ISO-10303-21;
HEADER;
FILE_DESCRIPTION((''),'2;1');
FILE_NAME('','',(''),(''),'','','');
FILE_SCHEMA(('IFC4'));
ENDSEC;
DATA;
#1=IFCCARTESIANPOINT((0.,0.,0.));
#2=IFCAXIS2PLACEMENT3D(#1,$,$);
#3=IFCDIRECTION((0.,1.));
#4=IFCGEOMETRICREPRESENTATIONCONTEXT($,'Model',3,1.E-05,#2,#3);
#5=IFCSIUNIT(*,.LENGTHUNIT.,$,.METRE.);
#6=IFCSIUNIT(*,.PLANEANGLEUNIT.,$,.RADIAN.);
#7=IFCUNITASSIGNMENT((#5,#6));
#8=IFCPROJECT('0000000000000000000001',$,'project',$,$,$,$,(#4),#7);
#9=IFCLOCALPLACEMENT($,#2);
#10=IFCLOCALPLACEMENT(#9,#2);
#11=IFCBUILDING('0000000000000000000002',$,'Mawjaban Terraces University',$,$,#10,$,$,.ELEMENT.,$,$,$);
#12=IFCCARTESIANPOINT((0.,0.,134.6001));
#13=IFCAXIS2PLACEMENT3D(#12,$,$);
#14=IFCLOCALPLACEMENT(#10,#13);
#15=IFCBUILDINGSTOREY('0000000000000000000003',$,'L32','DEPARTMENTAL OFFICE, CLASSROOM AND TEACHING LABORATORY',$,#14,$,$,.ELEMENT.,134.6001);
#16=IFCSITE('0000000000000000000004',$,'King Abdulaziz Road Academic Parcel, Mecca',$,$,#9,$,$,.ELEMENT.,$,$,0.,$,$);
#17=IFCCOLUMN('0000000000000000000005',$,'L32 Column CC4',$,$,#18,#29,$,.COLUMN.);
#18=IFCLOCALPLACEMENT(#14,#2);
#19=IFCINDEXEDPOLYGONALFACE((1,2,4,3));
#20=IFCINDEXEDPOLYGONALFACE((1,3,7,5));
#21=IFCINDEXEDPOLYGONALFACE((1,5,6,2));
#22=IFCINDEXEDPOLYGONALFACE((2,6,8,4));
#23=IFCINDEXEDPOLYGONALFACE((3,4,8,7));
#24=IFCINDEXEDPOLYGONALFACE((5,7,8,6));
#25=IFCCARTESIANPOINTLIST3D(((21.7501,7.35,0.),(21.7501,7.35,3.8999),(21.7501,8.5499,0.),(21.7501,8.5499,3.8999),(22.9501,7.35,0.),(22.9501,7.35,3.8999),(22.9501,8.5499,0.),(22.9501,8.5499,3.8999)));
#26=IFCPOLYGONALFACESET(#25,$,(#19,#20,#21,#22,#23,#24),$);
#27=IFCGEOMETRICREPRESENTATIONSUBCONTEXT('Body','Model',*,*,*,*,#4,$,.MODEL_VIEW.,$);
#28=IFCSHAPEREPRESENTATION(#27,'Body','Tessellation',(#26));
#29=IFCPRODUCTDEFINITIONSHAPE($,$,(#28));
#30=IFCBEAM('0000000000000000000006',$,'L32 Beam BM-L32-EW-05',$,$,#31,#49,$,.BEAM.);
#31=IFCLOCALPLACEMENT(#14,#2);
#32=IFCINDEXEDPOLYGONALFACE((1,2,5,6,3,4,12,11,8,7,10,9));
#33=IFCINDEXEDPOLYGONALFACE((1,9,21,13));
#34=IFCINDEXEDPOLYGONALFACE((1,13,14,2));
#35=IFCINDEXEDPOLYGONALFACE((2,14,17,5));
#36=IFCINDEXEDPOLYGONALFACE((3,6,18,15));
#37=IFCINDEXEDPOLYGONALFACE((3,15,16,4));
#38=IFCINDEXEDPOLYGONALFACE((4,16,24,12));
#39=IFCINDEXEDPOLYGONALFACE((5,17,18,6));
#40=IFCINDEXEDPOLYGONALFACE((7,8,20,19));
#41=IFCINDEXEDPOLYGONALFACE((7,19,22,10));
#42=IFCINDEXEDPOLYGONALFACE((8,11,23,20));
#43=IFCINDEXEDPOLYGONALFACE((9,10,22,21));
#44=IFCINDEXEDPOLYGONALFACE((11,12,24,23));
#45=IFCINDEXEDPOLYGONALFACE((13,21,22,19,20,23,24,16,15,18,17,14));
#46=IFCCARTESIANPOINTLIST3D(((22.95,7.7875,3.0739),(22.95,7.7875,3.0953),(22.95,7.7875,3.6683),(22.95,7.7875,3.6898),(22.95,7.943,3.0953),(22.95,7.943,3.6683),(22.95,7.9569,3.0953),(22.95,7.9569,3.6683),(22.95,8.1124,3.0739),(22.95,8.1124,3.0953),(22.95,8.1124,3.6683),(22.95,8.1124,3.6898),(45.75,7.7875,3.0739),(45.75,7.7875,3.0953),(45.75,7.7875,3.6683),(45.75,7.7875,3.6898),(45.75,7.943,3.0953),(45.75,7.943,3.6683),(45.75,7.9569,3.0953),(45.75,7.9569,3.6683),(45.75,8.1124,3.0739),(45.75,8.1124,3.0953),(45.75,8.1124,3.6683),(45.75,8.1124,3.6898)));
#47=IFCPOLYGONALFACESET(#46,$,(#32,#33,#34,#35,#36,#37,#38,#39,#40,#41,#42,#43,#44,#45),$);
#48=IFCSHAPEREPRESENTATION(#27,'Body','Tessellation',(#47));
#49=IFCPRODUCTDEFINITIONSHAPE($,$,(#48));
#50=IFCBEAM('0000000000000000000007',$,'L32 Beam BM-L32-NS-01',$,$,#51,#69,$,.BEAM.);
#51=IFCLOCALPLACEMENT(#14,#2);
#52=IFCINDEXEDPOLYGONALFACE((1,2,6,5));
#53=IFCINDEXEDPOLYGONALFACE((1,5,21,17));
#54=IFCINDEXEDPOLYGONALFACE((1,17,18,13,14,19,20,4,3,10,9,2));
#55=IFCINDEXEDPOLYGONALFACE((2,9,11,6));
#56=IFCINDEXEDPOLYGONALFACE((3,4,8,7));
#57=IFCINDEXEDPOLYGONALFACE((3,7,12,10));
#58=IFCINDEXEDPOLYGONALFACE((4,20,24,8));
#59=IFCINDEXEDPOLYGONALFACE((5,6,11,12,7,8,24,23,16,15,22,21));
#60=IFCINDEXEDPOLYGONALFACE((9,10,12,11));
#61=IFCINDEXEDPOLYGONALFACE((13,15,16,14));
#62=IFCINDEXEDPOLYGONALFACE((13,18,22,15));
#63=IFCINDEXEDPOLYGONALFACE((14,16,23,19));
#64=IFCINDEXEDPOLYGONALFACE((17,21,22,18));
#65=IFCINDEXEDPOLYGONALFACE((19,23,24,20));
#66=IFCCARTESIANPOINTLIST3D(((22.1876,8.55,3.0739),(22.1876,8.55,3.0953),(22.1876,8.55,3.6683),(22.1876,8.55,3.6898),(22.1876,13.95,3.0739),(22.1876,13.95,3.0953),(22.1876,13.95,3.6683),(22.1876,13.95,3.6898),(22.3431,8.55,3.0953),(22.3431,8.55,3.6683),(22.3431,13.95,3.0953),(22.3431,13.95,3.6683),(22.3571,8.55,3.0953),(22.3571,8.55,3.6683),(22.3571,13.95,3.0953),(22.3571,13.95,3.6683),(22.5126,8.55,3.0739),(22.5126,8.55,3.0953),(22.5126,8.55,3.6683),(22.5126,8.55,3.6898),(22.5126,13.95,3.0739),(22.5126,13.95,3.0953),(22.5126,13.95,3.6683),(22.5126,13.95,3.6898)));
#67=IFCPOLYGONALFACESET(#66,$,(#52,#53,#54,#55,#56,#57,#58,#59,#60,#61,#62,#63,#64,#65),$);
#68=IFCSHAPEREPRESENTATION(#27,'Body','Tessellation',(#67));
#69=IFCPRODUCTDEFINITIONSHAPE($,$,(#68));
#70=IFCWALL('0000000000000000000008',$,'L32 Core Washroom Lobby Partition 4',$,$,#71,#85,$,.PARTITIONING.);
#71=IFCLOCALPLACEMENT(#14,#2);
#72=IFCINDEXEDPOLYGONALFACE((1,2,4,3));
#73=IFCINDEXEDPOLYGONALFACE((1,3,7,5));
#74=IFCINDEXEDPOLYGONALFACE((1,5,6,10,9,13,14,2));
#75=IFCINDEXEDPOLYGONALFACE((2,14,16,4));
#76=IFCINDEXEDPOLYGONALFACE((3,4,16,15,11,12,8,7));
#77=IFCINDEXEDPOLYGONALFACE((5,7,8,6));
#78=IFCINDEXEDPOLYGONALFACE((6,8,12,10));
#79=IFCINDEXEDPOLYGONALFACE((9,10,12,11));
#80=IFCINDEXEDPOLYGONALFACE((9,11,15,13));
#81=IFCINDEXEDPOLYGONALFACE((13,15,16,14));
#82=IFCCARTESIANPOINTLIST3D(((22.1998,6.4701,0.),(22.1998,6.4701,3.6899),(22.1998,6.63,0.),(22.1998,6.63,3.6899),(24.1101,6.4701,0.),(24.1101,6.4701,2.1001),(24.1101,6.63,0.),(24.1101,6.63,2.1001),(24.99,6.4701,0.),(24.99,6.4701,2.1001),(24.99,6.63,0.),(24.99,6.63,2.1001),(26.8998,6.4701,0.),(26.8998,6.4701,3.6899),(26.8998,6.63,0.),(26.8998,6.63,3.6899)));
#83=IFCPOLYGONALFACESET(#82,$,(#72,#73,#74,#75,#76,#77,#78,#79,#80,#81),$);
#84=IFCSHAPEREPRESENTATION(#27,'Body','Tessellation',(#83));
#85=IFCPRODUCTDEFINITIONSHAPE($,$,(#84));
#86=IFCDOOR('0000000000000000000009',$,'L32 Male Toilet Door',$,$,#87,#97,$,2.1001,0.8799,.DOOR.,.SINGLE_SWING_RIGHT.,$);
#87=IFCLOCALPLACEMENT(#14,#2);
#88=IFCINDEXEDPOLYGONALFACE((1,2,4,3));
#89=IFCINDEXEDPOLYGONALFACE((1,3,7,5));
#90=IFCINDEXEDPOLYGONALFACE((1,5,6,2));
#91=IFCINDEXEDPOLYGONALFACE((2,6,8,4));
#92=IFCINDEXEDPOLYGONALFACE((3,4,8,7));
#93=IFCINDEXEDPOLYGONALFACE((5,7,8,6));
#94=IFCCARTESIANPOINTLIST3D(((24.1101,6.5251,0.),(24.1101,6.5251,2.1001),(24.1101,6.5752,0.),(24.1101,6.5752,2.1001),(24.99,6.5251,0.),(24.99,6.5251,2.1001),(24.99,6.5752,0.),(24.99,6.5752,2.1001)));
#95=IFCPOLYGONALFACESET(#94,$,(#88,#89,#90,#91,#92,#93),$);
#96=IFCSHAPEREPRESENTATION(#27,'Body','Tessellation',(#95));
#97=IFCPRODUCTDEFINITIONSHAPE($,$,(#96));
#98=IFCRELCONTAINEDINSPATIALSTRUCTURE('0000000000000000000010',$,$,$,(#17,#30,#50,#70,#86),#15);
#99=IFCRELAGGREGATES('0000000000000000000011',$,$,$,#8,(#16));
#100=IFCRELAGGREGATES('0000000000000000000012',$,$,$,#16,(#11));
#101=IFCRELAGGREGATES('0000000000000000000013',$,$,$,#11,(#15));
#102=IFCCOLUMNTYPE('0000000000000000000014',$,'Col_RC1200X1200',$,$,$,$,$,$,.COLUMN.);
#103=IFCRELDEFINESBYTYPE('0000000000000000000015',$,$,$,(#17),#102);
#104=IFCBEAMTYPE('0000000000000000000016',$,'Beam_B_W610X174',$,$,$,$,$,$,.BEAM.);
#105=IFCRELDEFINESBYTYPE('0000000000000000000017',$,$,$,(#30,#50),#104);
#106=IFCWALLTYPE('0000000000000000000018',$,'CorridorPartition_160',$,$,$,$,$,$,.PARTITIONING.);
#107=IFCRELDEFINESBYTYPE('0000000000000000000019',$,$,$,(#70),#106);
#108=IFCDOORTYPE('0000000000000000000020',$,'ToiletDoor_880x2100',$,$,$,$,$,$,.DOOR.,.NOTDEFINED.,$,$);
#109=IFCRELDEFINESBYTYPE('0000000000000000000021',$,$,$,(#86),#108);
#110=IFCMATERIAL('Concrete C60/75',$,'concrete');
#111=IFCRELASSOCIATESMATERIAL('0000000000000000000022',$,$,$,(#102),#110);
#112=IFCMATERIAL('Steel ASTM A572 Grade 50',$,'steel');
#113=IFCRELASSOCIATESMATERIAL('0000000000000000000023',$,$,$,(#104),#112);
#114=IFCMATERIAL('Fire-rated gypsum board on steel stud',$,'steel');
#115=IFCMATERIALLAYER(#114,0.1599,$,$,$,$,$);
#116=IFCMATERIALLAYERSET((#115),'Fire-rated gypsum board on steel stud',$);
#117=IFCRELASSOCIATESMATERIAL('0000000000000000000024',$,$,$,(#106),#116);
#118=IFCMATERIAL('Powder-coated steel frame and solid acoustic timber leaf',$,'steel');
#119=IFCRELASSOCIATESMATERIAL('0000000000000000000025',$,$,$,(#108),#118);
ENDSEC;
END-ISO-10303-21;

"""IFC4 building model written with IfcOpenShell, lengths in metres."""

from ifc_helpers import new_model, si_unit, direction, frame, frame_2d, origin, origin_2d, place, context, subcontext, project, spatial, rectangle, i_section, extrude, material, layer, layer_set, material_profile, profile_set, type_object, element, fill, save


model = new_model("IFC4")

# Units and contexts
model_context = context("Model", 3, precision=1e-05, world=origin(), true_north=direction((0.0, 1.0)))
body_context = subcontext(model_context, "Body", "Model", "MODEL_VIEW")
ifc_project = project(units=[si_unit("LENGTHUNIT", "METRE"), si_unit("PLANEANGLEUNIT", "RADIAN")], contexts=[model_context])

# Site, building, storey
site_placement = place(None, origin())
site = spatial("IfcSite", under=ifc_project, at=site_placement, Name="King Abdulaziz Road Academic Parcel, Mecca", CompositionType="ELEMENT", RefElevation=0.0)
building_placement = place(site_placement, origin())
building = spatial("IfcBuilding", under=site, at=building_placement, Name="Mawjaban Terraces University", CompositionType="ELEMENT")
storey_placement = place(building_placement, frame((0.0, 0.0, 134.6001)))
storey = spatial("IfcBuildingStorey", under=building, at=storey_placement, Name="L32", Description="DEPARTMENTAL OFFICE, CLASSROOM AND TEACHING LABORATORY", CompositionType="ELEMENT", Elevation=134.6001)

# Column
ifc_material_1 = material(Name="Concrete C60/75", Category="concrete")
ifc_material_profile_1 = material_profile(ifc_material_1, rectangle(XDim=1.2, YDim=1.2, at=origin_2d()), Name="RC1200X1200")
ifc_profile_set_1 = profile_set([ifc_material_profile_1], Name="Concrete C60/75")
column_type = type_object("IfcColumnType", Name="Col_RC1200X1200", PredefinedType="COLUMN", material=ifc_profile_set_1)
column_placement = place(storey_placement, frame((22.3501, 7.95, 0.0), z_axis=(0.0, 0.0, 1.0), x_axis=(1.0, 0.0, 0.0)))
element("IfcColumn", 1, at=column_placement, inside=storey, type_object=column_type, Name="L32 Column CC4", PredefinedType="COLUMN", context=body_context, shape_type="SweptSolid", body=[
    extrude(rectangle(XDim=1.2, YDim=1.2, at=origin_2d()), origin(), (0.0, 0.0, 1.0), 3.8999),
])

# Beams
ifc_material_2 = material(Name="Steel ASTM A572 Grade 50", Category="steel")
ifc_material_profile_2 = material_profile(ifc_material_2, i_section(OverallWidth=0.325, OverallDepth=0.616, WebThickness=0.0139, FlangeThickness=0.0215, at=origin_2d()), Name="W610X174")
ifc_profile_set_2 = profile_set([ifc_material_profile_2], Name="Steel ASTM A572 Grade 50")
beam_type = type_object("IfcBeamType", Name="Beam_B_W610X174", PredefinedType="BEAM", material=ifc_profile_set_2)
beam_1_placement = place(storey_placement, frame((22.95, 7.95, 3.3818), z_axis=(1.0, 0.0, 0.0), x_axis=(0.0, 1.0, 0.0)))
element("IfcBeam", 2, at=beam_1_placement, inside=storey, type_object=beam_type, Name="L32 Beam BM-L32-EW-05", PredefinedType="BEAM", context=body_context, shape_type="SweptSolid", body=[
    extrude(i_section(OverallWidth=0.325, OverallDepth=0.616, WebThickness=0.0139, FlangeThickness=0.0215, at=origin_2d()), origin(), (0.0, 0.0, 1.0), 22.8),
])
beam_2_placement = place(storey_placement, frame((22.3501, 8.55, 3.3818), z_axis=(0.0, 1.0, 0.0), x_axis=(-1.0, 0.0, 0.0)))
element("IfcBeam", 3, at=beam_2_placement, inside=storey, type_object=beam_type, Name="L32 Beam BM-L32-NS-01", PredefinedType="BEAM", context=body_context, shape_type="SweptSolid", body=[
    extrude(i_section(OverallWidth=0.325, OverallDepth=0.616, WebThickness=0.0139, FlangeThickness=0.0215, at=origin_2d()), origin(), (0.0, 0.0, 1.0), 5.3999),
])

# Wall, opening, door
ifc_material_3 = material(Name="Fire-rated gypsum board on steel stud", Category="steel")
ifc_layer_1 = layer(ifc_material_3, 0.1599)
ifc_layer_set_1 = layer_set([ifc_layer_1], Name="Fire-rated gypsum board on steel stud")
wall_type_1 = type_object("IfcWallType", Name="CorridorPartition_160", PredefinedType="PARTITIONING", material=ifc_layer_set_1)
wall_1_placement = place(storey_placement, frame((26.8999, 6.55, 0.0), z_axis=(0.0, 0.0, 1.0), x_axis=(-1.0, 0.0, 0.0)))
wall_1 = element("IfcWall", 4, at=wall_1_placement, inside=storey, type_object=wall_type_1, Name="L32 Core Washroom Lobby Partition 4", PredefinedType="PARTITIONING", context=body_context, shape_type="SweptSolid", body=[
    extrude(rectangle(XDim=4.7, YDim=0.1599, at=frame_2d((2.3501, 0.0))), origin(), (0.0, 0.0, 1.0), 3.6899),
])
opening_1_placement = place(wall_1_placement, frame((1.9099, 0.0, 0.0)))
opening_1 = element("IfcOpeningElement", 5, at=opening_1_placement, cuts=wall_1, PredefinedType="OPENING", context=body_context, shape_type="SweptSolid", body=[
    extrude(rectangle(XDim=0.8799, YDim=2.1001, at=frame_2d((0.4399, 1.05))), frame((0.0, 0.0898, 0.0), z_axis=(0.0, -1.0, 0.0), x_axis=(1.0, 0.0, 0.0)), (0.0, 0.0, 1.0), 0.1799),
])
ifc_material_4 = material(Name="Powder-coated steel frame and solid acoustic timber leaf", Category="steel")
door_type = type_object("IfcDoorType", Name="ToiletDoor_880x2100", OperationType="NOTDEFINED", PredefinedType="DOOR", material=ifc_material_4)
door_placement = place(opening_1_placement, origin())
door = element("IfcDoor", 6, at=door_placement, inside=storey, type_object=door_type, Name="L32 Male Toilet Door", OperationType="SINGLE_SWING_RIGHT", OverallHeight=2.1001, OverallWidth=0.8799, PredefinedType="DOOR", context=body_context, shape_type="SweptSolid", body=[
    extrude(rectangle(XDim=0.8799, YDim=2.1001, at=frame_2d((0.4399, 1.05))), frame((0.0, 0.0249, 0.0), z_axis=(0.0, -1.0, 0.0), x_axis=(1.0, 0.0, 0.0)), (0.0, 0.0, 1.0), 0.05),
])
fill(opening_1, door)

save(model, "model.ifc")
